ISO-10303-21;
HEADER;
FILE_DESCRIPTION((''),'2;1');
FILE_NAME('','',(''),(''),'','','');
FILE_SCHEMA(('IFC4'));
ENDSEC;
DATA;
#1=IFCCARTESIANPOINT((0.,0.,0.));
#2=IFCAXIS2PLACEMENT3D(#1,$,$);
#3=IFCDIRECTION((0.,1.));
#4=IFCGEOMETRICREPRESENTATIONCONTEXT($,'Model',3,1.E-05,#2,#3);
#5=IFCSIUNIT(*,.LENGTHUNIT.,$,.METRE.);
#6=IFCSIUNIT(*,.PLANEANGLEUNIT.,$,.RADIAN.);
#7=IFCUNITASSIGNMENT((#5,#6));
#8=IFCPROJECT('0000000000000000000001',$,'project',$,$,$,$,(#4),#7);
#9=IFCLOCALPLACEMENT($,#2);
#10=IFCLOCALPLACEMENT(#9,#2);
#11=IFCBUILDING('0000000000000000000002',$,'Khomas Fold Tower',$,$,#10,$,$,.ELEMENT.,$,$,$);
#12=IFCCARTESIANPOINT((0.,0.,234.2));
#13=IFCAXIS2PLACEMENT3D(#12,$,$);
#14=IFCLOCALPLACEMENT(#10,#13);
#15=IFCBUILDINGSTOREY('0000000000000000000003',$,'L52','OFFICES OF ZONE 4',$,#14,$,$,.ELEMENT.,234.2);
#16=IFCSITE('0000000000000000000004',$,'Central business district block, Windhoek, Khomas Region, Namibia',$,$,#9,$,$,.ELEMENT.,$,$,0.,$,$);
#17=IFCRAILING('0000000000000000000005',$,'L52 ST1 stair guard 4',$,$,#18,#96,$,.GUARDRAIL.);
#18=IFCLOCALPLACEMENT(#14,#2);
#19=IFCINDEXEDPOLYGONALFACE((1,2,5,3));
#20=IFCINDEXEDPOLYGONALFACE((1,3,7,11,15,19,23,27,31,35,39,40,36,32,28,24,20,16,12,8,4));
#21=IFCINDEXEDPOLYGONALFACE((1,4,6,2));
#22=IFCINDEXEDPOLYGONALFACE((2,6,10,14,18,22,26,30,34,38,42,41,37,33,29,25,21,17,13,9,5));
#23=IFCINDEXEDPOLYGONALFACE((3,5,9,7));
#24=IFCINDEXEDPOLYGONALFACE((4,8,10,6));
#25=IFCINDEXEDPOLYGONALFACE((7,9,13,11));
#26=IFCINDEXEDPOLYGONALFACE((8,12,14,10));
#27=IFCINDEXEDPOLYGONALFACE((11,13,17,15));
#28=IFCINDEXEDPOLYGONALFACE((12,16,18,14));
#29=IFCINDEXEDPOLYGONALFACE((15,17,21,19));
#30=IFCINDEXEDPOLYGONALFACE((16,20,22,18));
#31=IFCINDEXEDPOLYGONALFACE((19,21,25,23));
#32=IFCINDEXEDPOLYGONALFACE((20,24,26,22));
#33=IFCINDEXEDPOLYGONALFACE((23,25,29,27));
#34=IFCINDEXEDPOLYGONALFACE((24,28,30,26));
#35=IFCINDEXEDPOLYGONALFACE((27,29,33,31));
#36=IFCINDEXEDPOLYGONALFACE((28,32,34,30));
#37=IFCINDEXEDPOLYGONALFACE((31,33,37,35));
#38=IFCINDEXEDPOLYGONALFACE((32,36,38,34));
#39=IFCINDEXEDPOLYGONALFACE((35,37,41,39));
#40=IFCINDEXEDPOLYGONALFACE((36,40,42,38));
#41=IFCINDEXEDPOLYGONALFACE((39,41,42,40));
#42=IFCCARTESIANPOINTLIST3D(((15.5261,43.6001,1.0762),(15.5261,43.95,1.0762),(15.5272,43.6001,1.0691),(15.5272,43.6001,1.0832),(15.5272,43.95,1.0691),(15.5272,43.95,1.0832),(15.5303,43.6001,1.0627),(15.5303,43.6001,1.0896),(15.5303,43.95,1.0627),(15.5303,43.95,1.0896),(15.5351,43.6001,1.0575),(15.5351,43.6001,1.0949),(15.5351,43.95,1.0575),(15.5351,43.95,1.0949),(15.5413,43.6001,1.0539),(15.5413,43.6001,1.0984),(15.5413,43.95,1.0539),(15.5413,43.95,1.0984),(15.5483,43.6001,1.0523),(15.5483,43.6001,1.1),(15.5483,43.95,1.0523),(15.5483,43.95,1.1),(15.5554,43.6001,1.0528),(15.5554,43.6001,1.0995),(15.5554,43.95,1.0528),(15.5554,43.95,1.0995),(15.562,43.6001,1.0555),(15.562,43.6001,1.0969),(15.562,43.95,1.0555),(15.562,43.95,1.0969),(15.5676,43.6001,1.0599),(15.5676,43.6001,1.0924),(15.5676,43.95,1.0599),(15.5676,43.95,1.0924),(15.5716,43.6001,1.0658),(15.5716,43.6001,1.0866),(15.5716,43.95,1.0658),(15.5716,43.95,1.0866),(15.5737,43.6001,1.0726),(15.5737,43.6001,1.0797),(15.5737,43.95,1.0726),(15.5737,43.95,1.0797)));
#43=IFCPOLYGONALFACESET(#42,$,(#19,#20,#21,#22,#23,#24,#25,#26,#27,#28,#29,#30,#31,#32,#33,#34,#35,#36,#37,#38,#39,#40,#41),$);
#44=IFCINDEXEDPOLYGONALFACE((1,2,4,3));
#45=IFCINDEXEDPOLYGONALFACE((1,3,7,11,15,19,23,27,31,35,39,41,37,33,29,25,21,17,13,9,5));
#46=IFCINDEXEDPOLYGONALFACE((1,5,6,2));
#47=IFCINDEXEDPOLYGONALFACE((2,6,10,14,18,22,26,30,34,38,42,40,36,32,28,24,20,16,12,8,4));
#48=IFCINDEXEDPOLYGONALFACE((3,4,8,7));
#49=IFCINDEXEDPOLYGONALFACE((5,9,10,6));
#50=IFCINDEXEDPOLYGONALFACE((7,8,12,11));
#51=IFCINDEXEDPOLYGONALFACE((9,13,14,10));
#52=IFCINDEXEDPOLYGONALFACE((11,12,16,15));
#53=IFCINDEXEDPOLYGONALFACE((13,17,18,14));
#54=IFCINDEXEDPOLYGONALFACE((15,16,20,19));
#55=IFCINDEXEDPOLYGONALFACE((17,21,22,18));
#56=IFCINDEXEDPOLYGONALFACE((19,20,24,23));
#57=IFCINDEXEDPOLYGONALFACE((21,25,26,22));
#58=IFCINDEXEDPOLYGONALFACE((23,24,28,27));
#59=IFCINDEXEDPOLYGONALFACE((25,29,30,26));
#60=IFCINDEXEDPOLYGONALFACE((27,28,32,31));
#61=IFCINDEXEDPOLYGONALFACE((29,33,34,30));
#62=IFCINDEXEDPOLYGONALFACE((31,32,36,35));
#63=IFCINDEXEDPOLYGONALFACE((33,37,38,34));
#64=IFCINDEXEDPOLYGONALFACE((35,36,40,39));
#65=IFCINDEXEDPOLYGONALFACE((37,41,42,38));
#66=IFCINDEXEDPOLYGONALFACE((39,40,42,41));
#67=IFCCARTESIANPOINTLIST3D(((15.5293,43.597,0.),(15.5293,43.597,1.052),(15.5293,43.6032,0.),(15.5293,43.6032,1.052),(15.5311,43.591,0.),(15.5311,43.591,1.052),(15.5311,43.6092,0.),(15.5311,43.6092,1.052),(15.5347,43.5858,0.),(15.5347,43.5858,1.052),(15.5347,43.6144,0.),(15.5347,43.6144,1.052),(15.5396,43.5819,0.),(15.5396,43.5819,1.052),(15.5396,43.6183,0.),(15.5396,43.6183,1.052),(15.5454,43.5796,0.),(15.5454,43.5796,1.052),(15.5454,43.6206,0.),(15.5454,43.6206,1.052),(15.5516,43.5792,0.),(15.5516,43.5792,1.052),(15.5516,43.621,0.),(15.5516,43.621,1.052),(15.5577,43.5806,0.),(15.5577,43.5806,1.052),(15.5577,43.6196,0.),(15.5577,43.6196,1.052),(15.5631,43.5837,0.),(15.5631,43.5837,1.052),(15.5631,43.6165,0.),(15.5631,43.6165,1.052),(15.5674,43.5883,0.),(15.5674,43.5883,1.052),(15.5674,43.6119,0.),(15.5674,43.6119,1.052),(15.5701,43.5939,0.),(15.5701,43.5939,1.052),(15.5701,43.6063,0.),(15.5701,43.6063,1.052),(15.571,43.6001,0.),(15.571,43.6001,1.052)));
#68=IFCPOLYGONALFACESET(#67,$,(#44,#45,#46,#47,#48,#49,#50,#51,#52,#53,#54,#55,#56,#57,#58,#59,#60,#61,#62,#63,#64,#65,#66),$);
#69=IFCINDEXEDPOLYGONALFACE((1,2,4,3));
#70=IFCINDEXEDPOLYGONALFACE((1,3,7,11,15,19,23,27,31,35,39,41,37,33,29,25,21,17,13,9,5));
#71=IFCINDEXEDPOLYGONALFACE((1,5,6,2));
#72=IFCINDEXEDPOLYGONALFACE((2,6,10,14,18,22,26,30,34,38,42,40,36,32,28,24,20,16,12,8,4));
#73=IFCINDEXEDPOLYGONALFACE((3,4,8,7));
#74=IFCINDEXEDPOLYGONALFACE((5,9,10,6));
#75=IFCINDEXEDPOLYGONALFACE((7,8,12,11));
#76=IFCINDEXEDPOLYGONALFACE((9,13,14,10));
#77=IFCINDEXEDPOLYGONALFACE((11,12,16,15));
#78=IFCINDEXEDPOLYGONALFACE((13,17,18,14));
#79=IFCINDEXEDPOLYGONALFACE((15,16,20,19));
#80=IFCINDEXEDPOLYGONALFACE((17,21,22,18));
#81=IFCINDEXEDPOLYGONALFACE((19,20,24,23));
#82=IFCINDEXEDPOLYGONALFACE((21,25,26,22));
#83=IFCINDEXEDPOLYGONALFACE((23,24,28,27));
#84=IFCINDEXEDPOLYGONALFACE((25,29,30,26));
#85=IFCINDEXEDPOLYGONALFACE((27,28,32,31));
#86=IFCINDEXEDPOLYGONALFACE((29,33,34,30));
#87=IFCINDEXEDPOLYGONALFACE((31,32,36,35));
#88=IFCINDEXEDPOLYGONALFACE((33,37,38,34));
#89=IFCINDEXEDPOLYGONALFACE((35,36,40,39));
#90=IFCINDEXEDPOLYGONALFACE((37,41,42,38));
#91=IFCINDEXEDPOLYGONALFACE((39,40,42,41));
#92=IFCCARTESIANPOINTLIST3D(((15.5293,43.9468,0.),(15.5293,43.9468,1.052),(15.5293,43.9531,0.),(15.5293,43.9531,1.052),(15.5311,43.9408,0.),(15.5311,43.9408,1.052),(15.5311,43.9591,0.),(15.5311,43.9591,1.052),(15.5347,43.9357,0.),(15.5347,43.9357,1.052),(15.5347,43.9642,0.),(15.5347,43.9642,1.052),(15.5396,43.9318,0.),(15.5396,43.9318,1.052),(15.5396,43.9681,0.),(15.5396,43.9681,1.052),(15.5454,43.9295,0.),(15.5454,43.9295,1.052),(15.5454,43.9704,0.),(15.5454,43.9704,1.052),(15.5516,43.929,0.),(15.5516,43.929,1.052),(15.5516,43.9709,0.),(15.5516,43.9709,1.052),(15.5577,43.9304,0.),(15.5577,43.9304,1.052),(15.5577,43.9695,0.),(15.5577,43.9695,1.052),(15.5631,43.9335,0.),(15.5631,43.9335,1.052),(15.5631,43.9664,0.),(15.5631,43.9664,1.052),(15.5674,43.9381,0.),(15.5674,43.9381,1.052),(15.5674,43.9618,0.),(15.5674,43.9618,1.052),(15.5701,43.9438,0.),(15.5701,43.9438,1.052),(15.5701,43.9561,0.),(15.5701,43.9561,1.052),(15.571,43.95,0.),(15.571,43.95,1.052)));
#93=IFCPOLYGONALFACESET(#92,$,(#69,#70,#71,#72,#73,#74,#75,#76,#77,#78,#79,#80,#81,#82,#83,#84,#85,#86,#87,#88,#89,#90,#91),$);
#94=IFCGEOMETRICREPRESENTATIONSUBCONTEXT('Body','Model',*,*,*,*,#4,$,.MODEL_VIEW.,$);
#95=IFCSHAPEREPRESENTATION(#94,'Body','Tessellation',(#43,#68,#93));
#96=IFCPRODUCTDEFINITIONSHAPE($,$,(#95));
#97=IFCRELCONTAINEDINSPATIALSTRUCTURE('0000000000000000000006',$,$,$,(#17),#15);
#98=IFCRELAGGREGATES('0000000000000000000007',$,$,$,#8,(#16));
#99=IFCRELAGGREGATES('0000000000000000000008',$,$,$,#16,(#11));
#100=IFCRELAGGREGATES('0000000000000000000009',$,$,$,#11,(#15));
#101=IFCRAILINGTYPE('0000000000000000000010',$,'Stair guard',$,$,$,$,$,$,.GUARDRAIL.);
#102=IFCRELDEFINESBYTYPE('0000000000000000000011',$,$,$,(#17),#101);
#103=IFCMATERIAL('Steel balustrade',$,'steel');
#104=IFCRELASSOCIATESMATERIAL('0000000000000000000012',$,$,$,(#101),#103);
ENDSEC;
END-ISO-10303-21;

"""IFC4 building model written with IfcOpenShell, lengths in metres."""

from ifc_helpers import new_model, si_unit, direction, frame, origin, origin_2d, place, context, subcontext, project, spatial, circle, extrude, source, transform, mapped, material, type_object, element, save


model = new_model("IFC4")

# Units and contexts
model_context = context("Model", 3, precision=1e-05, world=origin(), true_north=direction((0.0, 1.0)))
body_context = subcontext(model_context, "Body", "Model", "MODEL_VIEW")
ifc_project = project(units=[si_unit("LENGTHUNIT", "METRE"), si_unit("PLANEANGLEUNIT", "RADIAN")], contexts=[model_context])

# Site, building, storey
site_placement = place(None, origin())
site = spatial("IfcSite", under=ifc_project, at=site_placement, Name="Central business district block, Windhoek, Khomas Region, Namibia", CompositionType="ELEMENT", RefElevation=0.0)
building_placement = place(site_placement, origin())
building = spatial("IfcBuilding", under=site, at=building_placement, Name="Khomas Fold Tower", CompositionType="ELEMENT")
storey_placement = place(building_placement, frame((0.0, 0.0, 234.2)))
storey = spatial("IfcBuildingStorey", under=building, at=storey_placement, Name="L52", Description="OFFICES OF ZONE 4", CompositionType="ELEMENT", Elevation=234.2)

# Railing
ifc_material_1 = material(Name="Steel balustrade", Category="steel")
railing_type_1 = type_object("IfcRailingType", Name="Stair guard", PredefinedType="GUARDRAIL", material=ifc_material_1)
shared_shape_1 = source(origin(), body_context, "Body", "SweptSolid", [
    extrude(circle(Radius=0.0239, at=origin_2d()), frame((0.0, 0.0, 1.0762), z_axis=(0.0, 1.0, 0.0), x_axis=(-1.0, 0.0, 0.0)), (0.0, 0.0, 1.0), 0.3499),
    extrude(circle(Radius=0.021, at=origin_2d()), origin(), (0.0, 0.0, 1.0), 1.052),
    extrude(circle(Radius=0.021, at=origin_2d()), frame((0.0, 0.3499, 0.0)), (0.0, 0.0, 1.0), 1.052),
])
for number, where, name in (
    (1, (15.55, 43.6001, 0.0), "L52 ST1 stair guard 4"),
):
    element("IfcRailing", number, at=place(storey_placement, frame(where)), inside=storey, type_object=railing_type_1, Name=name, PredefinedType="GUARDRAIL", context=body_context, shape_type="MappedRepresentation", body=[
        mapped(shared_shape_1, transform((0.0, 0.0, 0.0))),
    ])

save(model, "model.ifc")
